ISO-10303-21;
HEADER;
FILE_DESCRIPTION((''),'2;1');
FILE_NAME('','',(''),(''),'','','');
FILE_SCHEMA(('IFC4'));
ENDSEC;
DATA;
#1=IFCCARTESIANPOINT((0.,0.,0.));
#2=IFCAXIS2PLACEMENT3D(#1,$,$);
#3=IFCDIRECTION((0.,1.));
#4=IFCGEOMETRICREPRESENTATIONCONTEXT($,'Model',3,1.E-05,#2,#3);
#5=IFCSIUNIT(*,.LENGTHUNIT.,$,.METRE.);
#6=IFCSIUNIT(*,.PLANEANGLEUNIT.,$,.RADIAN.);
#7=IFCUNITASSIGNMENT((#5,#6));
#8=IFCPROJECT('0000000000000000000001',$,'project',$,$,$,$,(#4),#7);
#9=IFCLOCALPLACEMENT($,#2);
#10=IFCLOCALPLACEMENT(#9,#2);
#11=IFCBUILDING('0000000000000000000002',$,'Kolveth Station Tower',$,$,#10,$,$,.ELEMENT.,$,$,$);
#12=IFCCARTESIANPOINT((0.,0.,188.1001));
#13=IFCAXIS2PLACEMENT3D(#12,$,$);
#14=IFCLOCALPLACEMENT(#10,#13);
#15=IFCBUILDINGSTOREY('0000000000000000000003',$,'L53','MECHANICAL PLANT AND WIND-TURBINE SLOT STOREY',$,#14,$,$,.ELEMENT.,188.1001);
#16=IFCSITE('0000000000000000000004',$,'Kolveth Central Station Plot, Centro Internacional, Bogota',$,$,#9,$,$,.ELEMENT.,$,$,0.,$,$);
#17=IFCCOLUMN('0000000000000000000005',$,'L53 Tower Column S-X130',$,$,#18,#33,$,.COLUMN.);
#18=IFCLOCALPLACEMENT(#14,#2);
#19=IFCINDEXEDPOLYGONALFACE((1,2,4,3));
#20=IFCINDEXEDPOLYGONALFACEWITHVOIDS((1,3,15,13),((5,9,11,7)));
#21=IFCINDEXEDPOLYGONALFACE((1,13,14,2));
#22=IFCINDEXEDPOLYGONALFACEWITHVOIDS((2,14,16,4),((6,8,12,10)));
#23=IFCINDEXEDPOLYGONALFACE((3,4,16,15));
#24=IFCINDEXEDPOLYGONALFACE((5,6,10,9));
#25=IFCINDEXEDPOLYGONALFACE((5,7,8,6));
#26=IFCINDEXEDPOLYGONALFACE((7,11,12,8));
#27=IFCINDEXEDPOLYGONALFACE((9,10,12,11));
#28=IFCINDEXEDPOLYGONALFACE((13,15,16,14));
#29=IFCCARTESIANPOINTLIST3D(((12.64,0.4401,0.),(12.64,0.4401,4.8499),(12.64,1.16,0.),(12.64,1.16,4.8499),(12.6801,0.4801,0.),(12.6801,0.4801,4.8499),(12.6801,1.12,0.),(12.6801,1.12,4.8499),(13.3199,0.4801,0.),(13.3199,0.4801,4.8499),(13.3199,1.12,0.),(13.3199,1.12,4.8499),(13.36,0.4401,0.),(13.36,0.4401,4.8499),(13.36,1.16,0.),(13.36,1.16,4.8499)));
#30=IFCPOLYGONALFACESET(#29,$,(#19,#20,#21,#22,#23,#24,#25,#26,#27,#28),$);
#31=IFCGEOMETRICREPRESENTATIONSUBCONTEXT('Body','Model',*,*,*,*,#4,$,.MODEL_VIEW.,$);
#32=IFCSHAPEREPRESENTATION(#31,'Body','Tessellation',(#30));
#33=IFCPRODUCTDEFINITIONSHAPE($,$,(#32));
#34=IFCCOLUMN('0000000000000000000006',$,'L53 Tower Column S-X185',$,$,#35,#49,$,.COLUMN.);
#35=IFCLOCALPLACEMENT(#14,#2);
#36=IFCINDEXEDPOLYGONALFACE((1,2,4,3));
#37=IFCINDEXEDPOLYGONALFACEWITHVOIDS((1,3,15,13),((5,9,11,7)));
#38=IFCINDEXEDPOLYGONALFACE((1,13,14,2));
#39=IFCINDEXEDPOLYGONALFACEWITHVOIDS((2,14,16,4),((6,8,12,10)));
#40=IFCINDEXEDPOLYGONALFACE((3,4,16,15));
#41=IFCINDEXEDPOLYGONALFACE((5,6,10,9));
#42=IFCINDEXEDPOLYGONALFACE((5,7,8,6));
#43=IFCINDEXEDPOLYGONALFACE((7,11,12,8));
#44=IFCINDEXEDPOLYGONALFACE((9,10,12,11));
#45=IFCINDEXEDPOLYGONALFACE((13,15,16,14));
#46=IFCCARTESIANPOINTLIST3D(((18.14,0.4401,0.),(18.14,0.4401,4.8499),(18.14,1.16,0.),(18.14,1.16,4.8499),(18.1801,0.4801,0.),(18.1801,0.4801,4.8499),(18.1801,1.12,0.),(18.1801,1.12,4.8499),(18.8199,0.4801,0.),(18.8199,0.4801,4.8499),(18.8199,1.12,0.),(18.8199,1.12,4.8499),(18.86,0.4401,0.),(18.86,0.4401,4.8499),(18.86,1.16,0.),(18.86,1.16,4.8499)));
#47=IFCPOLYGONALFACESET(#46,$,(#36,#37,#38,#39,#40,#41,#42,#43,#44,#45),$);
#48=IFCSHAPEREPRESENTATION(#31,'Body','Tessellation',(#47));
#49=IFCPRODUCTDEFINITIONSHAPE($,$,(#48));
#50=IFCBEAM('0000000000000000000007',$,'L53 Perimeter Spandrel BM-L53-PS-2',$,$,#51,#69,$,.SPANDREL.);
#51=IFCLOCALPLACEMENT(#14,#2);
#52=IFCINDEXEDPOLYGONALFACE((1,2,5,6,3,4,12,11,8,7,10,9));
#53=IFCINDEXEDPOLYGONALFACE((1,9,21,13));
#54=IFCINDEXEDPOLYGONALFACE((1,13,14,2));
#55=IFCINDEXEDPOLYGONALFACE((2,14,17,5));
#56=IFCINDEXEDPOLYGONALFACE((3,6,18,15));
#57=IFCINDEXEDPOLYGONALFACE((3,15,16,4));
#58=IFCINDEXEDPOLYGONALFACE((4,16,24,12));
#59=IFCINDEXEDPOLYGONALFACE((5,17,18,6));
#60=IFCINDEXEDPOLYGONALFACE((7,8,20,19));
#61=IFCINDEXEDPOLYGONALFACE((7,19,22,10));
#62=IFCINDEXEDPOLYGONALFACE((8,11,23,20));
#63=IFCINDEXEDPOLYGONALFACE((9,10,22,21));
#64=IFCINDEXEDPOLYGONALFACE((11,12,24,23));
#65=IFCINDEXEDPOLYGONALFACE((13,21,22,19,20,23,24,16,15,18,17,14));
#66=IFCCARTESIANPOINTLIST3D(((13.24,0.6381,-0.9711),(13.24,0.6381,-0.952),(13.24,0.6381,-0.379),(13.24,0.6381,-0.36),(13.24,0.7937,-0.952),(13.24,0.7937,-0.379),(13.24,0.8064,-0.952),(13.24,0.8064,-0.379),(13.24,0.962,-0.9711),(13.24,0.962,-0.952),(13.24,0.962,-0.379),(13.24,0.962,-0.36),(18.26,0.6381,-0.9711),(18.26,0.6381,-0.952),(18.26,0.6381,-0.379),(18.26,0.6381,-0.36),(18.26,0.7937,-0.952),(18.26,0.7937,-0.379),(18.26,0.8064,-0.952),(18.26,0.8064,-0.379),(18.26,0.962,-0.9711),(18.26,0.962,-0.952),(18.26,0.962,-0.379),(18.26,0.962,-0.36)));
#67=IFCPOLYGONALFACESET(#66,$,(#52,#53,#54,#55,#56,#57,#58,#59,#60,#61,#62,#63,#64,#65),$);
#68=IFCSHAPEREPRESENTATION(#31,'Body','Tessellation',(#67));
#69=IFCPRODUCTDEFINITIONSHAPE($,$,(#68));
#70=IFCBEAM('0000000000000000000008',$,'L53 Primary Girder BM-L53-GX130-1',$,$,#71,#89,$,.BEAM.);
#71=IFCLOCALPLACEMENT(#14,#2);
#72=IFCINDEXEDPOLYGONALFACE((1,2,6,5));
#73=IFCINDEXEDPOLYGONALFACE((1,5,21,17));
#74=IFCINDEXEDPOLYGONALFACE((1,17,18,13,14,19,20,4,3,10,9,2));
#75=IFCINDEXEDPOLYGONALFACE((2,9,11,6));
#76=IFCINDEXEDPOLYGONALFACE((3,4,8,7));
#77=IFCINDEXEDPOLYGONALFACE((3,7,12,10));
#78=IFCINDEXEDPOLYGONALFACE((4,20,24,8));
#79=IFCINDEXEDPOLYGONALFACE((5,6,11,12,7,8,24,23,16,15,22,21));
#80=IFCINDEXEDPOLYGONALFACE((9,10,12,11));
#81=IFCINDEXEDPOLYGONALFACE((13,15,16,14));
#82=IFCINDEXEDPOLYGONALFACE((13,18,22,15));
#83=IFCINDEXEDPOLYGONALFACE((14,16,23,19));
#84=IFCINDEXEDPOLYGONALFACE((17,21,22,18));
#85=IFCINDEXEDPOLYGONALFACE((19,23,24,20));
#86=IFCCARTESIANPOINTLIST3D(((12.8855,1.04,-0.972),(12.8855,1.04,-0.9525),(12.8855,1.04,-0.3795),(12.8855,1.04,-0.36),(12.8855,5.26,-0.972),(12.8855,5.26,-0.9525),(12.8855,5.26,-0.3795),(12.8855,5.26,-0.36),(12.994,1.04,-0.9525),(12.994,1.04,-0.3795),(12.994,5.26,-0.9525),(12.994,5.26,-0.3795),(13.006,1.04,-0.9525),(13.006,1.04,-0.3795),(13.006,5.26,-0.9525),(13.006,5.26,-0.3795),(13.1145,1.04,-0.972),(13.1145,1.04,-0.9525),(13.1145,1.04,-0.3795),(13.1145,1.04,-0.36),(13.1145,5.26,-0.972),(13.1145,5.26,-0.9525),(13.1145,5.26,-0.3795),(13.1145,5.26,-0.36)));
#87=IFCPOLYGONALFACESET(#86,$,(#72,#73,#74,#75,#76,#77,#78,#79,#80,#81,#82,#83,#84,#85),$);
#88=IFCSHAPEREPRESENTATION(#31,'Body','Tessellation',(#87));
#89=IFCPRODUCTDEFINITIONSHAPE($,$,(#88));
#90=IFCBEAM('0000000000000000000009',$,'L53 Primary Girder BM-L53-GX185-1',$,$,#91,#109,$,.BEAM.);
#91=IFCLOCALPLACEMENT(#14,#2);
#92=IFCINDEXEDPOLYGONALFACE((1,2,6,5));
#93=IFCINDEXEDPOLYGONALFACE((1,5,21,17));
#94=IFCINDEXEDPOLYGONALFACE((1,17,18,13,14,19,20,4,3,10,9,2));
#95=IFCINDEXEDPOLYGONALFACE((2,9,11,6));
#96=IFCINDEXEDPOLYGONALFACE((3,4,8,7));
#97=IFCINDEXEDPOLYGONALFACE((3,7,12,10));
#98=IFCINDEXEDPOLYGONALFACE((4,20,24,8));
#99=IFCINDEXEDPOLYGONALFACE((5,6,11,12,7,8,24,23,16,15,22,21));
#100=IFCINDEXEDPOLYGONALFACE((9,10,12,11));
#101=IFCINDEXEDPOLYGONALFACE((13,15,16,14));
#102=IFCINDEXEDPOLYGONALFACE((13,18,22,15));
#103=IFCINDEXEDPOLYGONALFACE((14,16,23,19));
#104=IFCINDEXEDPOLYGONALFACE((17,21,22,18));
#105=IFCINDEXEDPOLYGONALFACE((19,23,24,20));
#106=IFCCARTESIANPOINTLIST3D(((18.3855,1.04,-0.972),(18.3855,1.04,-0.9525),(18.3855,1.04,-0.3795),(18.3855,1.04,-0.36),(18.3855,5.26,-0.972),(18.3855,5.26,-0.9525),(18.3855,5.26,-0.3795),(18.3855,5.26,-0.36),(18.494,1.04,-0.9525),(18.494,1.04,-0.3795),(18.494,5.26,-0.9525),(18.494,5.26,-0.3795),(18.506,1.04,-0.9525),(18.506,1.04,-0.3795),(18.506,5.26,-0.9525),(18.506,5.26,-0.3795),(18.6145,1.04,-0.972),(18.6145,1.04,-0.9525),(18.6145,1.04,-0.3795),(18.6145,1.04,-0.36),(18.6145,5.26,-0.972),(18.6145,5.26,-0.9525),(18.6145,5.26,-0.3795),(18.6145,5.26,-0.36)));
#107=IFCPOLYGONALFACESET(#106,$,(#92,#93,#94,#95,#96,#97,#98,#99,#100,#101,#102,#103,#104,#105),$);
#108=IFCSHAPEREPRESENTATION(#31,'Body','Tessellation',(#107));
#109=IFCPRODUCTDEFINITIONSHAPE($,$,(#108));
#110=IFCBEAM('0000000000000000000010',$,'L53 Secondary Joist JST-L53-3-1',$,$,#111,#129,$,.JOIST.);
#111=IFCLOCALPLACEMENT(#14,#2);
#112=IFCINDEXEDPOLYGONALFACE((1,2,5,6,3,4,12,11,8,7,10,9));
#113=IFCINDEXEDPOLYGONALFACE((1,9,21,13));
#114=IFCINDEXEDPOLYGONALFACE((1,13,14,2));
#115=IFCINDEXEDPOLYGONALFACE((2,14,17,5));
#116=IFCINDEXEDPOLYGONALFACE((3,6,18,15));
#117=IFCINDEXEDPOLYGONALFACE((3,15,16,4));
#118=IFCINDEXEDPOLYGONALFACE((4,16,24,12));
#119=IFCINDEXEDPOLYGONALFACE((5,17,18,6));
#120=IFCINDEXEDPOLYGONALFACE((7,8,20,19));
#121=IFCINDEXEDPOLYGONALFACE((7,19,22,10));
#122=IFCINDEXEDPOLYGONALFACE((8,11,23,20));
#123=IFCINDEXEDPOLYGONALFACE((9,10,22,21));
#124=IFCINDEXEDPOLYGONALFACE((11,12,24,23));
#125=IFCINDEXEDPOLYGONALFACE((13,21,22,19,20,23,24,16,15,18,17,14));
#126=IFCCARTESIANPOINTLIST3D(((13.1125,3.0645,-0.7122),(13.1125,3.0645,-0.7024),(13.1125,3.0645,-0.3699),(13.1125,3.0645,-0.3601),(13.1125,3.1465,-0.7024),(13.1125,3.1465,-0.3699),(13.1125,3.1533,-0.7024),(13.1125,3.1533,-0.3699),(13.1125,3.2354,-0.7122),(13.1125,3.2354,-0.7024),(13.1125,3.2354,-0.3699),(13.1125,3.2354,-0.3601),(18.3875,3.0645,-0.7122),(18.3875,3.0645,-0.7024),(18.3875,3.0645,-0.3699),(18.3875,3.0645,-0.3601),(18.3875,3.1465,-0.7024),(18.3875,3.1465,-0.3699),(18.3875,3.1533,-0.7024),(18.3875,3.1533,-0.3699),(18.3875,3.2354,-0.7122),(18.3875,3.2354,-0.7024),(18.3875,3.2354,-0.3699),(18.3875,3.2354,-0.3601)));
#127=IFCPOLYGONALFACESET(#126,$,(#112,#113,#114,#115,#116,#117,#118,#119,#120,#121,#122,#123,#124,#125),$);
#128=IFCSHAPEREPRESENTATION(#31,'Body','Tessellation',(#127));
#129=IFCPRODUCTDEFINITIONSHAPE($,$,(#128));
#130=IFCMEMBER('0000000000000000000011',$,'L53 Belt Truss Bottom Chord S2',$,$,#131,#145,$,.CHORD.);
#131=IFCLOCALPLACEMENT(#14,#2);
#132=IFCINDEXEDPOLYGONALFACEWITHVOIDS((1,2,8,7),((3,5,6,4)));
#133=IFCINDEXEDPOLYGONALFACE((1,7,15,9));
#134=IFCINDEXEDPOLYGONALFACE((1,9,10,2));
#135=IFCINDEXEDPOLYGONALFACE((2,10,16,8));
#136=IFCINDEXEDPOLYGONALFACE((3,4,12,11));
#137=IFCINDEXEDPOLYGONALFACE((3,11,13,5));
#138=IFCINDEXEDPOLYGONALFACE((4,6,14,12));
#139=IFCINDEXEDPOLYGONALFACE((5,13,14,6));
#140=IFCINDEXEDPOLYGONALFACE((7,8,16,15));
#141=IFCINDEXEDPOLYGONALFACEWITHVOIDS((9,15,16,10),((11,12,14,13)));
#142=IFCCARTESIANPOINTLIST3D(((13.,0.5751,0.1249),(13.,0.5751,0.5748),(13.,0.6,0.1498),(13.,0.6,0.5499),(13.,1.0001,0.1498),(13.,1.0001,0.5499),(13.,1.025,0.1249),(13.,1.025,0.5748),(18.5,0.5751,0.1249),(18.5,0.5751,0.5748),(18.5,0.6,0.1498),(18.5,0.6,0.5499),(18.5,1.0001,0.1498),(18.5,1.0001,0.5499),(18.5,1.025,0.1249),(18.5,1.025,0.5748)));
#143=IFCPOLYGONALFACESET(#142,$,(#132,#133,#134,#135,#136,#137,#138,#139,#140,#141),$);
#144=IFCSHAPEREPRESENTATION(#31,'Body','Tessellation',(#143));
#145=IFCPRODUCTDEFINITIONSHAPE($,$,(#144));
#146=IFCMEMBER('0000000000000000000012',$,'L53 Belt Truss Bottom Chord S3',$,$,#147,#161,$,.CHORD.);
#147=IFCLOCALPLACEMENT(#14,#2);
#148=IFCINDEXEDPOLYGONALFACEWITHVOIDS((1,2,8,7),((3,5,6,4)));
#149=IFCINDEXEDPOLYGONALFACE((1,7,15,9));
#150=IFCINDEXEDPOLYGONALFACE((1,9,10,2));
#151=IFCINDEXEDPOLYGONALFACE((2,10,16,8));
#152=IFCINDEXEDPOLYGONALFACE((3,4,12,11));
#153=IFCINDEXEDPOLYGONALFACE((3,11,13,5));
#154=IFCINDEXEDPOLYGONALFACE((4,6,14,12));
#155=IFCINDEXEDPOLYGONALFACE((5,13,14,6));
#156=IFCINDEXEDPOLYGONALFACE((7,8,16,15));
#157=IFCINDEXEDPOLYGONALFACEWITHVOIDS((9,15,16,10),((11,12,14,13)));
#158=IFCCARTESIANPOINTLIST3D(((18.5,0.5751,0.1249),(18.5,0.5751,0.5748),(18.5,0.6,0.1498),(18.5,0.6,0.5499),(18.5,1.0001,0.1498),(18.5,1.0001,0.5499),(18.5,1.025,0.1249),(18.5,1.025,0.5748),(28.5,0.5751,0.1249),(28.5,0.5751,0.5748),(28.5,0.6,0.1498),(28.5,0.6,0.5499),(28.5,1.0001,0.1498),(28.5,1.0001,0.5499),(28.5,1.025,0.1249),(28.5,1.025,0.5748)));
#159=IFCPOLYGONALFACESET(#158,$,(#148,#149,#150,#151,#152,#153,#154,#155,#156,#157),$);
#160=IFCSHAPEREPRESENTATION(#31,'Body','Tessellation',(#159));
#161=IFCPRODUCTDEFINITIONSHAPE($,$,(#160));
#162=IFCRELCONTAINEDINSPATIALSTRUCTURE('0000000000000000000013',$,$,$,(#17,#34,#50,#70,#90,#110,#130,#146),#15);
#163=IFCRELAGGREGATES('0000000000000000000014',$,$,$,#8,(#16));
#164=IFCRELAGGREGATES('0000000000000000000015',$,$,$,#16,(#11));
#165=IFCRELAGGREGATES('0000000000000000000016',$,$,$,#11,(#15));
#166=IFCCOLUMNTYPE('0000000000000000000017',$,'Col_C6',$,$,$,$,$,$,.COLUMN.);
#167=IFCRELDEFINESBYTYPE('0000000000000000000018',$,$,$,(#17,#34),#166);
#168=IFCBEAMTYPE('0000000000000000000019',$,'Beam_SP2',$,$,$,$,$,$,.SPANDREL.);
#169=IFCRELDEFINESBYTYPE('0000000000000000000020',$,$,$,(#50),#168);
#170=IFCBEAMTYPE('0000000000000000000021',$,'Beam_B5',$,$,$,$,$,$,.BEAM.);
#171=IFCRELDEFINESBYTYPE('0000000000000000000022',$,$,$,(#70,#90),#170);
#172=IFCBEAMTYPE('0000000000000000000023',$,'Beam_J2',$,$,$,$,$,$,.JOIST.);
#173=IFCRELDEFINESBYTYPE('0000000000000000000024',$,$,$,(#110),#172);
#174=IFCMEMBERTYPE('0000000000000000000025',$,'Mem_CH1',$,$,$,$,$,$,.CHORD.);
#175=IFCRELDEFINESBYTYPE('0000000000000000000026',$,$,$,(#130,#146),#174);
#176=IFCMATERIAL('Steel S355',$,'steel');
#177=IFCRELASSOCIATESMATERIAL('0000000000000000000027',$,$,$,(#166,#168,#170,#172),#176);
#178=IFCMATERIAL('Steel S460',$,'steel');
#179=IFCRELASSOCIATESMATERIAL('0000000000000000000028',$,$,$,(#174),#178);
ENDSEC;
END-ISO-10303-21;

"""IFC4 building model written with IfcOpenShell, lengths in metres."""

from ifc_helpers import new_model, si_unit, direction, frame, origin, origin_2d, place, context, subcontext, project, spatial, hollow_rectangle, i_section, extrude, source, transform, mapped, material, material_profile, profile_set, type_object, element, save


model = new_model("IFC4")

# Units and contexts
model_context = context("Model", 3, precision=1e-05, world=origin(), true_north=direction((0.0, 1.0)))
body_context = subcontext(model_context, "Body", "Model", "MODEL_VIEW")
ifc_project = project(units=[si_unit("LENGTHUNIT", "METRE"), si_unit("PLANEANGLEUNIT", "RADIAN")], contexts=[model_context])

# Site, building, storey
site_placement = place(None, origin())
site = spatial("IfcSite", under=ifc_project, at=site_placement, Name="Kolveth Central Station Plot, Centro Internacional, Bogota", CompositionType="ELEMENT", RefElevation=0.0)
building_placement = place(site_placement, origin())
building = spatial("IfcBuilding", under=site, at=building_placement, Name="Kolveth Station Tower", CompositionType="ELEMENT")
storey_placement = place(building_placement, frame((0.0, 0.0, 188.1001)))
storey = spatial("IfcBuildingStorey", under=building, at=storey_placement, Name="L53", Description="MECHANICAL PLANT AND WIND-TURBINE SLOT STOREY", CompositionType="ELEMENT", Elevation=188.1001)

# Columns
ifc_material_1 = material(Name="Steel S355", Category="steel")
ifc_material_profile_1 = material_profile(ifc_material_1, hollow_rectangle(XDim=0.72, YDim=0.72, WallThickness=0.04, at=origin_2d()), Name="BOX720x720x40")
ifc_profile_set_1 = profile_set([ifc_material_profile_1], Name="Steel S355")
column_type = type_object("IfcColumnType", Name="Col_C6", PredefinedType="COLUMN", material=ifc_profile_set_1)
shared_shape_1 = source(origin(), body_context, "Body", "SweptSolid", [
    extrude(hollow_rectangle(XDim=0.72, YDim=0.72, WallThickness=0.04, at=origin_2d()), origin(), (0.0, 0.0, 1.0), 4.8499),
])
for number, where, z_axis, x_axis, name in (
    (1, (13.0, 0.8, 0.0), (0.0, 0.0, 1.0), (1.0, 0.0, 0.0), "L53 Tower Column S-X130"),
    (2, (18.5, 0.8, 0.0), (0.0, 0.0, 1.0), (1.0, 0.0, 0.0), "L53 Tower Column S-X185"),
):
    element("IfcColumn", number, at=place(storey_placement, frame(where, z_axis=z_axis, x_axis=x_axis)), inside=storey, type_object=column_type, Name=name, PredefinedType="COLUMN", context=body_context, shape_type="MappedRepresentation", body=[
        mapped(shared_shape_1, transform((0.0, 0.0, 0.0), x_axis=(1.0, 0.0, 0.0), y_axis=(0.0, 1.0, 0.0), z_axis=(0.0, 0.0, 1.0), scale=1.0)),
    ])

# Beams
ifc_material_profile_2 = material_profile(ifc_material_1, i_section(OverallWidth=0.324, OverallDepth=0.6111, WebThickness=0.0127, FlangeThickness=0.019, at=origin_2d()), Name="W610x155")
ifc_profile_set_2 = profile_set([ifc_material_profile_2], Name="Steel S355")
beam_type_1 = type_object("IfcBeamType", Name="Beam_SP2", PredefinedType="SPANDREL", material=ifc_profile_set_2)
shared_shape_2 = source(origin(), body_context, "Body", "SweptSolid", [
    extrude(i_section(OverallWidth=0.324, OverallDepth=0.6111, WebThickness=0.0127, FlangeThickness=0.019, at=origin_2d()), origin(), (0.0, 0.0, 1.0), 5.02),
])
beam_1_placement = place(storey_placement, frame((13.24, 0.8, -0.6655), z_axis=(1.0, 0.0, 0.0), x_axis=(0.0, 1.0, 0.0)))
element("IfcBeam", 3, at=beam_1_placement, inside=storey, type_object=beam_type_1, Name="L53 Perimeter Spandrel BM-L53-PS-2", PredefinedType="SPANDREL", context=body_context, shape_type="MappedRepresentation", body=[
    mapped(shared_shape_2, transform((0.0, 0.0, 0.0), x_axis=(1.0, 0.0, 0.0), y_axis=(0.0, 1.0, 0.0), z_axis=(0.0, 0.0, 1.0), scale=1.0)),
])
ifc_material_profile_3 = material_profile(ifc_material_1, i_section(OverallWidth=0.229, OverallDepth=0.6121, WebThickness=0.012, FlangeThickness=0.0195, at=origin_2d()), Name="W610x125")
ifc_profile_set_3 = profile_set([ifc_material_profile_3], Name="Steel S355")
beam_type_2 = type_object("IfcBeamType", Name="Beam_B5", PredefinedType="BEAM", material=ifc_profile_set_3)
shared_shape_3 = source(origin(), body_context, "Body", "SweptSolid", [
    extrude(i_section(OverallWidth=0.229, OverallDepth=0.6121, WebThickness=0.012, FlangeThickness=0.0195, at=origin_2d()), origin(), (0.0, 0.0, 1.0), 4.22),
])
for number, where, z_axis, x_axis, name in (
    (4, (13.0, 1.04, -0.666), (0.0, 1.0, 0.0), (-1.0, 0.0, 0.0), "L53 Primary Girder BM-L53-GX130-1"),
    (5, (18.5, 1.04, -0.666), (0.0, 1.0, 0.0), (-1.0, 0.0, 0.0), "L53 Primary Girder BM-L53-GX185-1"),
):
    element("IfcBeam", number, at=place(storey_placement, frame(where, z_axis=z_axis, x_axis=x_axis)), inside=storey, type_object=beam_type_2, Name=name, PredefinedType="BEAM", context=body_context, shape_type="MappedRepresentation", body=[
        mapped(shared_shape_3, transform((0.0, 0.0, 0.0), x_axis=(1.0, 0.0, 0.0), y_axis=(0.0, 1.0, 0.0), z_axis=(0.0, 0.0, 1.0), scale=1.0)),
    ])
ifc_material_profile_4 = material_profile(ifc_material_1, i_section(OverallWidth=0.1709, OverallDepth=0.3521, WebThickness=0.0068, FlangeThickness=0.0098, at=origin_2d()), Name="W360x44")
ifc_profile_set_4 = profile_set([ifc_material_profile_4], Name="Steel S355")
beam_type_3 = type_object("IfcBeamType", Name="Beam_J2", PredefinedType="JOIST", material=ifc_profile_set_4)
shared_shape_4 = source(origin(), body_context, "Body", "SweptSolid", [
    extrude(i_section(OverallWidth=0.1709, OverallDepth=0.3521, WebThickness=0.0068, FlangeThickness=0.0098, at=origin_2d()), origin(), (0.0, 0.0, 1.0), 5.2749),
])
beam_2_placement = place(storey_placement, frame((13.1125, 3.1499, -0.5361), z_axis=(1.0, 0.0, 0.0), x_axis=(0.0, 1.0, 0.0)))
element("IfcBeam", 6, at=beam_2_placement, inside=storey, type_object=beam_type_3, Name="L53 Secondary Joist JST-L53-3-1", PredefinedType="JOIST", context=body_context, shape_type="MappedRepresentation", body=[
    mapped(shared_shape_4, transform((0.0, 0.0, 0.0), x_axis=(1.0, 0.0, 0.0), y_axis=(0.0, 1.0, 0.0), z_axis=(0.0, 0.0, 1.0), scale=1.0)),
])

# Members
ifc_material_2 = material(Name="Steel S460", Category="steel")
ifc_material_profile_5 = material_profile(ifc_material_2, hollow_rectangle(XDim=0.45, YDim=0.45, WallThickness=0.0249, at=origin_2d()), Name="HSS450x450x25")
ifc_profile_set_5 = profile_set([ifc_material_profile_5], Name="Steel S460")
member_type_1 = type_object("IfcMemberType", Name="Mem_CH1", PredefinedType="CHORD", material=ifc_profile_set_5)
shared_shape_5 = source(origin(), body_context, "Body", "SweptSolid", [
    extrude(hollow_rectangle(XDim=0.45, YDim=0.45, WallThickness=0.0249, at=origin_2d()), origin(), (0.0, 0.0, 1.0), 5.5),
])
member_1_placement = place(storey_placement, frame((13.0, 0.8, 0.3499), z_axis=(1.0, 0.0, 0.0), x_axis=(0.0, 1.0, 0.0)))
element("IfcMember", 7, at=member_1_placement, inside=storey, type_object=member_type_1, Name="L53 Belt Truss Bottom Chord S2", PredefinedType="CHORD", context=body_context, shape_type="MappedRepresentation", body=[
    mapped(shared_shape_5, transform((0.0, 0.0, 0.0), x_axis=(1.0, 0.0, 0.0), y_axis=(0.0, 1.0, 0.0), z_axis=(0.0, 0.0, 1.0), scale=1.0)),
])
shared_shape_6 = source(origin(), body_context, "Body", "SweptSolid", [
    extrude(hollow_rectangle(XDim=0.45, YDim=0.45, WallThickness=0.0249, at=origin_2d()), origin(), (0.0, 0.0, 1.0), 10.0),
])
member_2_placement = place(storey_placement, frame((18.5, 0.8, 0.3499), z_axis=(1.0, 0.0, 0.0), x_axis=(0.0, 1.0, 0.0)))
element("IfcMember", 8, at=member_2_placement, inside=storey, type_object=member_type_1, Name="L53 Belt Truss Bottom Chord S3", PredefinedType="CHORD", context=body_context, shape_type="MappedRepresentation", body=[
    mapped(shared_shape_6, transform((0.0, 0.0, 0.0), x_axis=(1.0, 0.0, 0.0), y_axis=(0.0, 1.0, 0.0), z_axis=(0.0, 0.0, 1.0), scale=1.0)),
])

save(model, "model.ifc")
